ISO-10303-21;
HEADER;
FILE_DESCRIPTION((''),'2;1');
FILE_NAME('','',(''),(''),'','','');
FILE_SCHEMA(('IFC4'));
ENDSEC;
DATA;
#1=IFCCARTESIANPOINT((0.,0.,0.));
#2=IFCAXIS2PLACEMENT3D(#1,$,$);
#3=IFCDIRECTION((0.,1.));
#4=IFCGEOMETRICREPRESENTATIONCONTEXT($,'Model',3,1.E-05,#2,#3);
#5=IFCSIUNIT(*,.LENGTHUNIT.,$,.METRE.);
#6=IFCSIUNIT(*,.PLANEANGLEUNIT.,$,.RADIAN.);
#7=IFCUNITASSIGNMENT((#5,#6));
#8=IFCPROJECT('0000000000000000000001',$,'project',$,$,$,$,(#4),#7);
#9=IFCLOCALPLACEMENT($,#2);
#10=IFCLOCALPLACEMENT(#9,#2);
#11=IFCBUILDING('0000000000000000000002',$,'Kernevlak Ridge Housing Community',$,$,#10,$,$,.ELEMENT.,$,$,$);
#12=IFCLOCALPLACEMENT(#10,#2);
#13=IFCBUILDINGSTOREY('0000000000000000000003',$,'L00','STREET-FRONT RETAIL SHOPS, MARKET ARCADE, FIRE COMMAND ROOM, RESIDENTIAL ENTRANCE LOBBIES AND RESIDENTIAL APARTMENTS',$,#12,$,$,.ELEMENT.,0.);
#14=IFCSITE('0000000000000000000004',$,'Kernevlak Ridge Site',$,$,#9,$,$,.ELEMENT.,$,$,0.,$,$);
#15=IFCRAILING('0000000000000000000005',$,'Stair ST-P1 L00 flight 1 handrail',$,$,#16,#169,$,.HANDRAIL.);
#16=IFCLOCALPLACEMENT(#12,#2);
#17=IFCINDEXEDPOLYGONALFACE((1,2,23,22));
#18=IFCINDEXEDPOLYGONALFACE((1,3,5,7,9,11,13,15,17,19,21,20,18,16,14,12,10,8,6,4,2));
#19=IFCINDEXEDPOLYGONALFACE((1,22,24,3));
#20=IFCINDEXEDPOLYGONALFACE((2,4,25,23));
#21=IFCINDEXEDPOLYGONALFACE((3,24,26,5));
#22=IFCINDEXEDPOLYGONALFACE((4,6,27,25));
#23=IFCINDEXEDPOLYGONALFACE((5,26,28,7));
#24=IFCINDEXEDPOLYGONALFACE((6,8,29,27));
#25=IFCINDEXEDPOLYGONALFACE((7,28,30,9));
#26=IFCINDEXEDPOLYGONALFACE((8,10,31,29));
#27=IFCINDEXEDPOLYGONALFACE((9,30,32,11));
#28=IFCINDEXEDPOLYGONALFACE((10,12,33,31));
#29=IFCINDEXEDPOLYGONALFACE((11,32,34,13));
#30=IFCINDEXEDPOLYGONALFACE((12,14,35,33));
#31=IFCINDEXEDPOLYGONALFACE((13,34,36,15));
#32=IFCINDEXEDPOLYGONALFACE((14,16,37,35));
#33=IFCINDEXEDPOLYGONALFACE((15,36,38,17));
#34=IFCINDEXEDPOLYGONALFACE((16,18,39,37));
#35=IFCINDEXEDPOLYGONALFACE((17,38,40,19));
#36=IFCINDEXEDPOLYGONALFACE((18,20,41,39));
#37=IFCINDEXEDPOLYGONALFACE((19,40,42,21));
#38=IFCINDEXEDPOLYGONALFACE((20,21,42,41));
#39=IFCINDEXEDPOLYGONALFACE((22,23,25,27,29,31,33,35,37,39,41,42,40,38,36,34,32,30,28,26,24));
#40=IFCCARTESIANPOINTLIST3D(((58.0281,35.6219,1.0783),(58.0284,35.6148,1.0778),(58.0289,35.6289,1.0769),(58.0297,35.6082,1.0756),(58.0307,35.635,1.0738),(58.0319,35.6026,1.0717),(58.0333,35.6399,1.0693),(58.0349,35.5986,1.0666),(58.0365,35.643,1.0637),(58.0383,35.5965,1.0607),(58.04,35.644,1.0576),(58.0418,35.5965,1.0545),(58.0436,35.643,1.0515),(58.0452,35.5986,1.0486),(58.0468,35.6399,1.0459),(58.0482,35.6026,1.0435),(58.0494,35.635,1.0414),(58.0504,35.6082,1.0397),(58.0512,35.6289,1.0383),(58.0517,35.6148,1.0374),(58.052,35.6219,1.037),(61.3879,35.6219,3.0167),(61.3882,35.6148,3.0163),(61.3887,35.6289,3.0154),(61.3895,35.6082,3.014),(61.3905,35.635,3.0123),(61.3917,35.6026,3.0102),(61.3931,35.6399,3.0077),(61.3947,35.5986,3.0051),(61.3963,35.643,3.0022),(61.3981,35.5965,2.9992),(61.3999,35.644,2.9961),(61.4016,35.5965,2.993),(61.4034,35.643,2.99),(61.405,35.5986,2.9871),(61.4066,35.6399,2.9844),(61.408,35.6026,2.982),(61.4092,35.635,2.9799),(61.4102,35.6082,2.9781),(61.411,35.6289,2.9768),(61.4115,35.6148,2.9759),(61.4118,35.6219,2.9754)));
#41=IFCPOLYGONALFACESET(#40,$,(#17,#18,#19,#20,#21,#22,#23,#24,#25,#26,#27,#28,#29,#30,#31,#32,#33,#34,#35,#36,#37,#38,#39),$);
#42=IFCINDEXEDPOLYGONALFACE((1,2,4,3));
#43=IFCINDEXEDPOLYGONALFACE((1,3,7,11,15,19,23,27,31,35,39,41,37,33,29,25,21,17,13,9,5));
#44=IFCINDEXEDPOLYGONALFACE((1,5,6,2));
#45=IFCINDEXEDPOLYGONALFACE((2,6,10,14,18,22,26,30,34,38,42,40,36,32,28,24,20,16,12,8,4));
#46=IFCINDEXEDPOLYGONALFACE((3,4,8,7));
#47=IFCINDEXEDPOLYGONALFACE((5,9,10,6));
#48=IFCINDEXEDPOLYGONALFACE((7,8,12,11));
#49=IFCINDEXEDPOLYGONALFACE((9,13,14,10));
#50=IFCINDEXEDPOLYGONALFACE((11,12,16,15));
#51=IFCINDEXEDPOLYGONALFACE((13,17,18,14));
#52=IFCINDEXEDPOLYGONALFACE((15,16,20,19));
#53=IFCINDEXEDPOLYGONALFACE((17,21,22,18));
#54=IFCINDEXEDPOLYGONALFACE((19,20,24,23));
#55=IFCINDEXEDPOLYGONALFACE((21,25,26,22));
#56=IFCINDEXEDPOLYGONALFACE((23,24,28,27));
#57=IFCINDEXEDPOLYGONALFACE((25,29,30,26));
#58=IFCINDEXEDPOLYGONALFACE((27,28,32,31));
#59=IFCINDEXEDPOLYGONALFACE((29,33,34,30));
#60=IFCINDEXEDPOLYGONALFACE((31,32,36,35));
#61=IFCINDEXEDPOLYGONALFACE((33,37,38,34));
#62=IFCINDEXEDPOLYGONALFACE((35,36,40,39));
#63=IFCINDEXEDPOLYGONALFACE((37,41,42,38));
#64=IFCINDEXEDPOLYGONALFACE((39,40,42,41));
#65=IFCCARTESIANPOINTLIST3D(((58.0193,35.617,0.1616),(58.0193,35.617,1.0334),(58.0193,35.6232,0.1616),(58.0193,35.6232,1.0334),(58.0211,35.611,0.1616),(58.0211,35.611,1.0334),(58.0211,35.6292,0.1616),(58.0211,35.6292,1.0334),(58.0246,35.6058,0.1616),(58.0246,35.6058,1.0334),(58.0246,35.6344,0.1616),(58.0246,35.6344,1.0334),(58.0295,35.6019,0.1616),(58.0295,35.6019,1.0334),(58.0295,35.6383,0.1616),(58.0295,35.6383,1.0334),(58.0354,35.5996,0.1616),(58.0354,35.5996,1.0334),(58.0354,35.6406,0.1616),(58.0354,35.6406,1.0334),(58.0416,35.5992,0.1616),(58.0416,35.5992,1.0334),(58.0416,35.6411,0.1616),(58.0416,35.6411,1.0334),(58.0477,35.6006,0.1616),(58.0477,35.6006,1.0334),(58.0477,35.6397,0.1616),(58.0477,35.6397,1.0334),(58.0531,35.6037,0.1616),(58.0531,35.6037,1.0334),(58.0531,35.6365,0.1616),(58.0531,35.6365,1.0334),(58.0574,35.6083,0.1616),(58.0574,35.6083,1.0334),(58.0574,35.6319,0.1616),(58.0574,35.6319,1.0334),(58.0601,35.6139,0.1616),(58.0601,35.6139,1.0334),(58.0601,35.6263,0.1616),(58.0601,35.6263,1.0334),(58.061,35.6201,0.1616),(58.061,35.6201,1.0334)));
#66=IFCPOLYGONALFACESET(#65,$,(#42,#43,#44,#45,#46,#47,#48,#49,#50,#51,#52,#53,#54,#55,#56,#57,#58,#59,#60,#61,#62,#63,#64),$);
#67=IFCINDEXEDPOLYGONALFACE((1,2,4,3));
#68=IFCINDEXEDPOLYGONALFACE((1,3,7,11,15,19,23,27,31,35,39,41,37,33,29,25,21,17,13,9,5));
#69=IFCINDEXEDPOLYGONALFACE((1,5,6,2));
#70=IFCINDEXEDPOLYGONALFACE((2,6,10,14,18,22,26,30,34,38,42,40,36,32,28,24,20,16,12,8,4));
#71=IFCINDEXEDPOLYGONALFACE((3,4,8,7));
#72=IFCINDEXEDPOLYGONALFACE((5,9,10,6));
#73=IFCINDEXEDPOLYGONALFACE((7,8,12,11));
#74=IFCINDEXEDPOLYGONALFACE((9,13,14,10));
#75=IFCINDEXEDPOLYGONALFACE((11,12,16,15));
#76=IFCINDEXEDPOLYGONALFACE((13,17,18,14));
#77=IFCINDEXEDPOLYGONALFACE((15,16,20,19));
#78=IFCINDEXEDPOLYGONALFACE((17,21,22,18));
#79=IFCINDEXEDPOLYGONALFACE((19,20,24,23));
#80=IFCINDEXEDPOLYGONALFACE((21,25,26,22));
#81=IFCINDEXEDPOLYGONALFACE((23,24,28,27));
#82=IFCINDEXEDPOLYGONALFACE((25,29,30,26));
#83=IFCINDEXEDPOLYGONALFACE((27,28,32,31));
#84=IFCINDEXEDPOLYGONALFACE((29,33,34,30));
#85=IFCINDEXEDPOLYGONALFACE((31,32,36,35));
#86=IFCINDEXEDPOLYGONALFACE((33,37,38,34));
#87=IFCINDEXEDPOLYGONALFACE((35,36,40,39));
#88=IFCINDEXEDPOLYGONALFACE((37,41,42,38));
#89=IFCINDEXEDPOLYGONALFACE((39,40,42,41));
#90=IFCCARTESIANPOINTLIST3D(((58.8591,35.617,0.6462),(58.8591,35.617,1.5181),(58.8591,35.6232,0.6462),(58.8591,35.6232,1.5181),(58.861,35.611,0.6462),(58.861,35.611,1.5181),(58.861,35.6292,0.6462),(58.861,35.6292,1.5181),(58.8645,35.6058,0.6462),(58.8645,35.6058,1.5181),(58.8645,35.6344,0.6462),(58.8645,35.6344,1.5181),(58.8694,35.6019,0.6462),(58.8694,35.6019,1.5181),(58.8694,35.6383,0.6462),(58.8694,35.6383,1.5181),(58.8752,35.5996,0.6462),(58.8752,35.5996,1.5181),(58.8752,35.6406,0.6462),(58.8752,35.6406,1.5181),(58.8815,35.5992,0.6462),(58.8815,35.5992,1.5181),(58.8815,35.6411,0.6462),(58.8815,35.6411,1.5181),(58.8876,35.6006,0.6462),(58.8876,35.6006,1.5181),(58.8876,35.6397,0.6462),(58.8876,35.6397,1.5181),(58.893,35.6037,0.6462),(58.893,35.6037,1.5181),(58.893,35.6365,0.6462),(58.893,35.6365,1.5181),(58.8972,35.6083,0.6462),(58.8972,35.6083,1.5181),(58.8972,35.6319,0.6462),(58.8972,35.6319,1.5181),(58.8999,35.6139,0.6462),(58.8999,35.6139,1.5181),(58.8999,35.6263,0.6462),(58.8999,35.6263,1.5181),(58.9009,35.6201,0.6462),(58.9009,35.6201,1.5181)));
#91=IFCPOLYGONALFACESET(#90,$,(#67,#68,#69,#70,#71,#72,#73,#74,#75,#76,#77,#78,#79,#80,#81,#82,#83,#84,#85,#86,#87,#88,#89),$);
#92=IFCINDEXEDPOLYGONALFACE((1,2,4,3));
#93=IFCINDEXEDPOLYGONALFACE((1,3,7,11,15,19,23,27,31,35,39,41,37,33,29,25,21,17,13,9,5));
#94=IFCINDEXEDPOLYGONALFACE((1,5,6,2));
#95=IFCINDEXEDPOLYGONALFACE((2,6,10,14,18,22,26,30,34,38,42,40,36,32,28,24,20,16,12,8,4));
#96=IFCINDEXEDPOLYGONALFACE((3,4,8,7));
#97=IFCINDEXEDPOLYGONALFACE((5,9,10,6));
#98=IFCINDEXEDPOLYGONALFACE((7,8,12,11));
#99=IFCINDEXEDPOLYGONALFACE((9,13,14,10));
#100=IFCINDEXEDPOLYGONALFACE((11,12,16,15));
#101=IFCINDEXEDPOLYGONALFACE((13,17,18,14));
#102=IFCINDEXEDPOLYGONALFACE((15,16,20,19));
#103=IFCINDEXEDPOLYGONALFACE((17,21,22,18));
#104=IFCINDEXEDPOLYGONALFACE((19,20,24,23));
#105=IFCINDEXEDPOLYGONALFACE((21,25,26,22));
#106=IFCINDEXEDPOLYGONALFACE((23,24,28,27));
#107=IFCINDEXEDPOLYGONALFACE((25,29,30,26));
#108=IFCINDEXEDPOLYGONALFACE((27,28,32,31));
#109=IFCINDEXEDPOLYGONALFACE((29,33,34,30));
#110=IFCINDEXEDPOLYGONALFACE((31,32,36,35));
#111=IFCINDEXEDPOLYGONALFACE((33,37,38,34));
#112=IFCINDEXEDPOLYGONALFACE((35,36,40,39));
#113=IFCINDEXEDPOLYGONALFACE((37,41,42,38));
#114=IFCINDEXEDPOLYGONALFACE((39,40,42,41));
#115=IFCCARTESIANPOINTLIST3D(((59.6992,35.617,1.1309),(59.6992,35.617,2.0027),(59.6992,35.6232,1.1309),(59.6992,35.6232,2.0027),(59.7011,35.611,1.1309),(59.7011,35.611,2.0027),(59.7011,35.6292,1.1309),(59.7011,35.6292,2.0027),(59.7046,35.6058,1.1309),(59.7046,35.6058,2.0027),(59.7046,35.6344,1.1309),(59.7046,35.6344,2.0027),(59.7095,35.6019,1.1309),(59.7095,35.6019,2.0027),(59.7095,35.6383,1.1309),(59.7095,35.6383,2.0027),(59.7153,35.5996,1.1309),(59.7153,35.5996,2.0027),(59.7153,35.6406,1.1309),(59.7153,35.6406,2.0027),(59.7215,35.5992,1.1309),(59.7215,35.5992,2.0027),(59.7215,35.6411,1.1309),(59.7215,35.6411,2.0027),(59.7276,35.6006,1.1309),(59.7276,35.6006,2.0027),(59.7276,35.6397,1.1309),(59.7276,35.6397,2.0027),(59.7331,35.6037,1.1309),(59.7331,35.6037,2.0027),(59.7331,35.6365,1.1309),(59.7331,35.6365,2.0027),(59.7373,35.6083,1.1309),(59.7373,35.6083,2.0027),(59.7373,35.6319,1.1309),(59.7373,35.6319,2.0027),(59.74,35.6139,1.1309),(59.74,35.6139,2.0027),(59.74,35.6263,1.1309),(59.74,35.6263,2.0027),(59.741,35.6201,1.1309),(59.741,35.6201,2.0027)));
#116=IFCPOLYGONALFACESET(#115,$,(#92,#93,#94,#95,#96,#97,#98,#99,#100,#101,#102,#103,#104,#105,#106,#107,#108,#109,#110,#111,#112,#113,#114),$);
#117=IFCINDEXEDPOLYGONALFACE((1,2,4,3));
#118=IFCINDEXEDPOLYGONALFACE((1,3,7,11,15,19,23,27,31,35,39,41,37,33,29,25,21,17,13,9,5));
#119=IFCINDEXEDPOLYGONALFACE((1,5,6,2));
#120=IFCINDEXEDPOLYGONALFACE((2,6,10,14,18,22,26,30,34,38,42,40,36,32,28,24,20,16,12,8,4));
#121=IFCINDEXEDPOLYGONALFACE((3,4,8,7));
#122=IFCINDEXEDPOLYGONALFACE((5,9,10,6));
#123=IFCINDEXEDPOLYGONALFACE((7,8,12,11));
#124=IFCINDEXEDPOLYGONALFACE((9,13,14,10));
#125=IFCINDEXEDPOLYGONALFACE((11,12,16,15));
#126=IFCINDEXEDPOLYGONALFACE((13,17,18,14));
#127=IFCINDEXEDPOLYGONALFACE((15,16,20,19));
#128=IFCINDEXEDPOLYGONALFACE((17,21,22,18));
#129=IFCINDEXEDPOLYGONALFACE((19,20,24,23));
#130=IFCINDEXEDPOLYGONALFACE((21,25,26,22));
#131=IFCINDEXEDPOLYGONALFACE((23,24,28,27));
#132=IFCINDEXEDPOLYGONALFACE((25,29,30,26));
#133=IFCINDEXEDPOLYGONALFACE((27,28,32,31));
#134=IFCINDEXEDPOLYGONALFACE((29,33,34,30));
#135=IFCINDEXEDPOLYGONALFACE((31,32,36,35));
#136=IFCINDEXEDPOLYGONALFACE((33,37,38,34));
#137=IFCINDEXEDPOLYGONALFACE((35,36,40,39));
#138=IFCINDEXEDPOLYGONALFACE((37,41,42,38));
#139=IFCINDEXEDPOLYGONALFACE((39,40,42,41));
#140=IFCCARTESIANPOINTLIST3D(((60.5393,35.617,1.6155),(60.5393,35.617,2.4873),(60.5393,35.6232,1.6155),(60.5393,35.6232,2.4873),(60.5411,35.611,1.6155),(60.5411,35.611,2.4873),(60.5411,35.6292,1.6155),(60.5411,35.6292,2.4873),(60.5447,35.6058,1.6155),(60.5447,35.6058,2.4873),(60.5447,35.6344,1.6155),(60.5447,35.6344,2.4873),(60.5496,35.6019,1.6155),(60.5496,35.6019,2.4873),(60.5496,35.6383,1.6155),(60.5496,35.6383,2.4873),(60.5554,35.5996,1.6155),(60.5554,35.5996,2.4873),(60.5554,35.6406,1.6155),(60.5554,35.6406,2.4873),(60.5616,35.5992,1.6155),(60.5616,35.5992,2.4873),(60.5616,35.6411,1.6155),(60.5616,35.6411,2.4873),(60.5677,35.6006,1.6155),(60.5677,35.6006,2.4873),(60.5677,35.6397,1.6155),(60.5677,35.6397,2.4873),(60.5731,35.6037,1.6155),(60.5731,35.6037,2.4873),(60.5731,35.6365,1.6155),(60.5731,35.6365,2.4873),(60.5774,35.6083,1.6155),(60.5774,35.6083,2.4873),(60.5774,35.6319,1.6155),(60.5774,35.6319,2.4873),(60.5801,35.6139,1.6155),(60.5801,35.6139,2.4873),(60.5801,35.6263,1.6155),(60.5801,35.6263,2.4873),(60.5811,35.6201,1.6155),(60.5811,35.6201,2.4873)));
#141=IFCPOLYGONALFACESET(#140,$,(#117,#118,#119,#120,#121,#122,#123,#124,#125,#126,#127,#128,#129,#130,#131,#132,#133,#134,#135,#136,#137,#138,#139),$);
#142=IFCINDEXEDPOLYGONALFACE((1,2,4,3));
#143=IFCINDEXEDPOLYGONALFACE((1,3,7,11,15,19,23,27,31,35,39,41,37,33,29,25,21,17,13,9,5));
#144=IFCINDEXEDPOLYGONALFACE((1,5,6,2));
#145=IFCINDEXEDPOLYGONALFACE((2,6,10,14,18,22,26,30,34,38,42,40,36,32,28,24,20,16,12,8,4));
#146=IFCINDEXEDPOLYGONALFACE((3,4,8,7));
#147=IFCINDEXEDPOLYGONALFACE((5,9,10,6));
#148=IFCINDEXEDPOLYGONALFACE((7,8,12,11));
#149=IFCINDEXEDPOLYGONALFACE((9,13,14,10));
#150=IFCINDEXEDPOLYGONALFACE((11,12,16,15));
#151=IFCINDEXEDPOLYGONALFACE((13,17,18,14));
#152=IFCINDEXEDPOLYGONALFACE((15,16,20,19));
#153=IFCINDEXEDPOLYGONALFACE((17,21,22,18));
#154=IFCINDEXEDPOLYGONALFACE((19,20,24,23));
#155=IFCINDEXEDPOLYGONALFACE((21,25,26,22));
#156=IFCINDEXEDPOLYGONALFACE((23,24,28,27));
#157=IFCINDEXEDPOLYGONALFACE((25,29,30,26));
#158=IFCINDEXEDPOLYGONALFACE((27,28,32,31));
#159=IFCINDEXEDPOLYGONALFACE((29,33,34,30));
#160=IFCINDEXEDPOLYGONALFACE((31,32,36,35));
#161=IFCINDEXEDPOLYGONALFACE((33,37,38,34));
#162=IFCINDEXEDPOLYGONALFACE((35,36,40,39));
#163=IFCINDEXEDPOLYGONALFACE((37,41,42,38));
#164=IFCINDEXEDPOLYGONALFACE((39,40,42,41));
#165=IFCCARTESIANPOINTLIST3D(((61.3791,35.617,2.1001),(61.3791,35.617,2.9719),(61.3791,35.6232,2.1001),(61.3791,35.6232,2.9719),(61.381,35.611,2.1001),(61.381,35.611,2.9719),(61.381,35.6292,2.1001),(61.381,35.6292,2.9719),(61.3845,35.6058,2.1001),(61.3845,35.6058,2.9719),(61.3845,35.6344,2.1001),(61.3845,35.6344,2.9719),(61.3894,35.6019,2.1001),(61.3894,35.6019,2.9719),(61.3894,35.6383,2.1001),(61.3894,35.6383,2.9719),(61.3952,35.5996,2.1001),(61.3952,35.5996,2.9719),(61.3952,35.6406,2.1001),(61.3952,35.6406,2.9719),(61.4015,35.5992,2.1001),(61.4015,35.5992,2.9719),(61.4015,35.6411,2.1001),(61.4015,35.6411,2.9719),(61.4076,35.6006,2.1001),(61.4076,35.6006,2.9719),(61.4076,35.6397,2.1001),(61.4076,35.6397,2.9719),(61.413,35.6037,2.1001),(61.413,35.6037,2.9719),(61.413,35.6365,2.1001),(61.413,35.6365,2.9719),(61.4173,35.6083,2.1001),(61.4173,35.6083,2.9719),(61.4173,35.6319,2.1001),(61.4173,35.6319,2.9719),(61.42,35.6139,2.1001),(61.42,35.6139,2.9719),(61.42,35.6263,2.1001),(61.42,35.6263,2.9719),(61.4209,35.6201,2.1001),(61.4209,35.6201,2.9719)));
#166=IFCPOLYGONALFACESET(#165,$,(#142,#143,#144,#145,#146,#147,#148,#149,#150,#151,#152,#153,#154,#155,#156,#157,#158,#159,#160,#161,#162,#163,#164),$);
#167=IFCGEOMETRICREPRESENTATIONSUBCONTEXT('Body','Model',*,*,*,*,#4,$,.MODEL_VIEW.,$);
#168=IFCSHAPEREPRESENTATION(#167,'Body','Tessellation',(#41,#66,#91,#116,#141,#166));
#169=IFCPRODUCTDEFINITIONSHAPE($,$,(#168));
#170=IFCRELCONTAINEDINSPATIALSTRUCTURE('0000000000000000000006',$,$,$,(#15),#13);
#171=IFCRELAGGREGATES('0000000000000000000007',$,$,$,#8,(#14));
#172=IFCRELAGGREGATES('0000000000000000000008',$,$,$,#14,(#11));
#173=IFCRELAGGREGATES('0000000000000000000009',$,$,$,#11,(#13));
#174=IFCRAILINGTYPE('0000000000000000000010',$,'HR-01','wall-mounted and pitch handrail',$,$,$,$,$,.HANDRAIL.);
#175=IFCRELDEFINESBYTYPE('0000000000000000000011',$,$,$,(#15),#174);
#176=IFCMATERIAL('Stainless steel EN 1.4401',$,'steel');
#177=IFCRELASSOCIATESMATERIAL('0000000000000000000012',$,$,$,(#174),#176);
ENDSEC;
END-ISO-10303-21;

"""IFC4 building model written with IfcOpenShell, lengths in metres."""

from ifc_helpers import new_model, si_unit, direction, frame, origin, origin_2d, place, context, subcontext, project, spatial, circle, extrude, material, type_object, element, save


model = new_model("IFC4")

# Units and contexts
model_context = context("Model", 3, precision=1e-05, world=origin(), true_north=direction((0.0, 1.0)))
body_context = subcontext(model_context, "Body", "Model", "MODEL_VIEW")
ifc_project = project(units=[si_unit("LENGTHUNIT", "METRE"), si_unit("PLANEANGLEUNIT", "RADIAN")], contexts=[model_context])

# Site, building, storey
site_placement = place(None, origin())
site = spatial("IfcSite", under=ifc_project, at=site_placement, Name="Kernevlak Ridge Site", CompositionType="ELEMENT", RefElevation=0.0)
building_placement = place(site_placement, origin())
building = spatial("IfcBuilding", under=site, at=building_placement, Name="Kernevlak Ridge Housing Community", CompositionType="ELEMENT")
storey_placement = place(building_placement, origin())
storey = spatial("IfcBuildingStorey", under=building, at=storey_placement, Name="L00", Description="STREET-FRONT RETAIL SHOPS, MARKET ARCADE, FIRE COMMAND ROOM, RESIDENTIAL ENTRANCE LOBBIES AND RESIDENTIAL APARTMENTS", CompositionType="ELEMENT", Elevation=0.0)

# Shared definitions
ifc_material_1 = material(Name="Stainless steel EN 1.4401", Category="steel")

# Railing
railing_type_1 = type_object("IfcRailingType", Name="HR-01", Description="wall-mounted and pitch handrail", PredefinedType="HANDRAIL", material=ifc_material_1)
railing_1_placement = place(storey_placement, frame((58.04, 35.6201, 0.1616)))
element("IfcRailing", 1, at=railing_1_placement, inside=storey, type_object=railing_type_1, Name="Stair ST-P1 L00 flight 1 handrail", PredefinedType="HANDRAIL", context=body_context, shape_type="SweptSolid", body=[
    extrude(circle(Radius=0.0239, at=origin_2d()), frame((0.0, 0.0, 0.896), z_axis=(0.866175, 0.0, 0.499741), x_axis=(0.0, 1.0, 0.0)), (0.0, 0.0, 1.0), 3.8789),
    extrude(circle(Radius=0.021, at=origin_2d()), origin(), (0.0, 0.0, 1.0), 0.8718),
    extrude(circle(Radius=0.021, at=origin_2d()), frame((0.8398, 0.0, 0.4846)), (0.0, 0.0, 1.0), 0.8718),
    extrude(circle(Radius=0.021, at=origin_2d()), frame((1.6799, 0.0, 0.9692)), (0.0, 0.0, 1.0), 0.8718),
    extrude(circle(Radius=0.021, at=origin_2d()), frame((2.52, 0.0, 1.4539)), (0.0, 0.0, 1.0), 0.8718),
    extrude(circle(Radius=0.021, at=origin_2d()), frame((3.3599, 0.0, 1.9385)), (0.0, 0.0, 1.0), 0.8718),
])

save(model, "model.ifc")
